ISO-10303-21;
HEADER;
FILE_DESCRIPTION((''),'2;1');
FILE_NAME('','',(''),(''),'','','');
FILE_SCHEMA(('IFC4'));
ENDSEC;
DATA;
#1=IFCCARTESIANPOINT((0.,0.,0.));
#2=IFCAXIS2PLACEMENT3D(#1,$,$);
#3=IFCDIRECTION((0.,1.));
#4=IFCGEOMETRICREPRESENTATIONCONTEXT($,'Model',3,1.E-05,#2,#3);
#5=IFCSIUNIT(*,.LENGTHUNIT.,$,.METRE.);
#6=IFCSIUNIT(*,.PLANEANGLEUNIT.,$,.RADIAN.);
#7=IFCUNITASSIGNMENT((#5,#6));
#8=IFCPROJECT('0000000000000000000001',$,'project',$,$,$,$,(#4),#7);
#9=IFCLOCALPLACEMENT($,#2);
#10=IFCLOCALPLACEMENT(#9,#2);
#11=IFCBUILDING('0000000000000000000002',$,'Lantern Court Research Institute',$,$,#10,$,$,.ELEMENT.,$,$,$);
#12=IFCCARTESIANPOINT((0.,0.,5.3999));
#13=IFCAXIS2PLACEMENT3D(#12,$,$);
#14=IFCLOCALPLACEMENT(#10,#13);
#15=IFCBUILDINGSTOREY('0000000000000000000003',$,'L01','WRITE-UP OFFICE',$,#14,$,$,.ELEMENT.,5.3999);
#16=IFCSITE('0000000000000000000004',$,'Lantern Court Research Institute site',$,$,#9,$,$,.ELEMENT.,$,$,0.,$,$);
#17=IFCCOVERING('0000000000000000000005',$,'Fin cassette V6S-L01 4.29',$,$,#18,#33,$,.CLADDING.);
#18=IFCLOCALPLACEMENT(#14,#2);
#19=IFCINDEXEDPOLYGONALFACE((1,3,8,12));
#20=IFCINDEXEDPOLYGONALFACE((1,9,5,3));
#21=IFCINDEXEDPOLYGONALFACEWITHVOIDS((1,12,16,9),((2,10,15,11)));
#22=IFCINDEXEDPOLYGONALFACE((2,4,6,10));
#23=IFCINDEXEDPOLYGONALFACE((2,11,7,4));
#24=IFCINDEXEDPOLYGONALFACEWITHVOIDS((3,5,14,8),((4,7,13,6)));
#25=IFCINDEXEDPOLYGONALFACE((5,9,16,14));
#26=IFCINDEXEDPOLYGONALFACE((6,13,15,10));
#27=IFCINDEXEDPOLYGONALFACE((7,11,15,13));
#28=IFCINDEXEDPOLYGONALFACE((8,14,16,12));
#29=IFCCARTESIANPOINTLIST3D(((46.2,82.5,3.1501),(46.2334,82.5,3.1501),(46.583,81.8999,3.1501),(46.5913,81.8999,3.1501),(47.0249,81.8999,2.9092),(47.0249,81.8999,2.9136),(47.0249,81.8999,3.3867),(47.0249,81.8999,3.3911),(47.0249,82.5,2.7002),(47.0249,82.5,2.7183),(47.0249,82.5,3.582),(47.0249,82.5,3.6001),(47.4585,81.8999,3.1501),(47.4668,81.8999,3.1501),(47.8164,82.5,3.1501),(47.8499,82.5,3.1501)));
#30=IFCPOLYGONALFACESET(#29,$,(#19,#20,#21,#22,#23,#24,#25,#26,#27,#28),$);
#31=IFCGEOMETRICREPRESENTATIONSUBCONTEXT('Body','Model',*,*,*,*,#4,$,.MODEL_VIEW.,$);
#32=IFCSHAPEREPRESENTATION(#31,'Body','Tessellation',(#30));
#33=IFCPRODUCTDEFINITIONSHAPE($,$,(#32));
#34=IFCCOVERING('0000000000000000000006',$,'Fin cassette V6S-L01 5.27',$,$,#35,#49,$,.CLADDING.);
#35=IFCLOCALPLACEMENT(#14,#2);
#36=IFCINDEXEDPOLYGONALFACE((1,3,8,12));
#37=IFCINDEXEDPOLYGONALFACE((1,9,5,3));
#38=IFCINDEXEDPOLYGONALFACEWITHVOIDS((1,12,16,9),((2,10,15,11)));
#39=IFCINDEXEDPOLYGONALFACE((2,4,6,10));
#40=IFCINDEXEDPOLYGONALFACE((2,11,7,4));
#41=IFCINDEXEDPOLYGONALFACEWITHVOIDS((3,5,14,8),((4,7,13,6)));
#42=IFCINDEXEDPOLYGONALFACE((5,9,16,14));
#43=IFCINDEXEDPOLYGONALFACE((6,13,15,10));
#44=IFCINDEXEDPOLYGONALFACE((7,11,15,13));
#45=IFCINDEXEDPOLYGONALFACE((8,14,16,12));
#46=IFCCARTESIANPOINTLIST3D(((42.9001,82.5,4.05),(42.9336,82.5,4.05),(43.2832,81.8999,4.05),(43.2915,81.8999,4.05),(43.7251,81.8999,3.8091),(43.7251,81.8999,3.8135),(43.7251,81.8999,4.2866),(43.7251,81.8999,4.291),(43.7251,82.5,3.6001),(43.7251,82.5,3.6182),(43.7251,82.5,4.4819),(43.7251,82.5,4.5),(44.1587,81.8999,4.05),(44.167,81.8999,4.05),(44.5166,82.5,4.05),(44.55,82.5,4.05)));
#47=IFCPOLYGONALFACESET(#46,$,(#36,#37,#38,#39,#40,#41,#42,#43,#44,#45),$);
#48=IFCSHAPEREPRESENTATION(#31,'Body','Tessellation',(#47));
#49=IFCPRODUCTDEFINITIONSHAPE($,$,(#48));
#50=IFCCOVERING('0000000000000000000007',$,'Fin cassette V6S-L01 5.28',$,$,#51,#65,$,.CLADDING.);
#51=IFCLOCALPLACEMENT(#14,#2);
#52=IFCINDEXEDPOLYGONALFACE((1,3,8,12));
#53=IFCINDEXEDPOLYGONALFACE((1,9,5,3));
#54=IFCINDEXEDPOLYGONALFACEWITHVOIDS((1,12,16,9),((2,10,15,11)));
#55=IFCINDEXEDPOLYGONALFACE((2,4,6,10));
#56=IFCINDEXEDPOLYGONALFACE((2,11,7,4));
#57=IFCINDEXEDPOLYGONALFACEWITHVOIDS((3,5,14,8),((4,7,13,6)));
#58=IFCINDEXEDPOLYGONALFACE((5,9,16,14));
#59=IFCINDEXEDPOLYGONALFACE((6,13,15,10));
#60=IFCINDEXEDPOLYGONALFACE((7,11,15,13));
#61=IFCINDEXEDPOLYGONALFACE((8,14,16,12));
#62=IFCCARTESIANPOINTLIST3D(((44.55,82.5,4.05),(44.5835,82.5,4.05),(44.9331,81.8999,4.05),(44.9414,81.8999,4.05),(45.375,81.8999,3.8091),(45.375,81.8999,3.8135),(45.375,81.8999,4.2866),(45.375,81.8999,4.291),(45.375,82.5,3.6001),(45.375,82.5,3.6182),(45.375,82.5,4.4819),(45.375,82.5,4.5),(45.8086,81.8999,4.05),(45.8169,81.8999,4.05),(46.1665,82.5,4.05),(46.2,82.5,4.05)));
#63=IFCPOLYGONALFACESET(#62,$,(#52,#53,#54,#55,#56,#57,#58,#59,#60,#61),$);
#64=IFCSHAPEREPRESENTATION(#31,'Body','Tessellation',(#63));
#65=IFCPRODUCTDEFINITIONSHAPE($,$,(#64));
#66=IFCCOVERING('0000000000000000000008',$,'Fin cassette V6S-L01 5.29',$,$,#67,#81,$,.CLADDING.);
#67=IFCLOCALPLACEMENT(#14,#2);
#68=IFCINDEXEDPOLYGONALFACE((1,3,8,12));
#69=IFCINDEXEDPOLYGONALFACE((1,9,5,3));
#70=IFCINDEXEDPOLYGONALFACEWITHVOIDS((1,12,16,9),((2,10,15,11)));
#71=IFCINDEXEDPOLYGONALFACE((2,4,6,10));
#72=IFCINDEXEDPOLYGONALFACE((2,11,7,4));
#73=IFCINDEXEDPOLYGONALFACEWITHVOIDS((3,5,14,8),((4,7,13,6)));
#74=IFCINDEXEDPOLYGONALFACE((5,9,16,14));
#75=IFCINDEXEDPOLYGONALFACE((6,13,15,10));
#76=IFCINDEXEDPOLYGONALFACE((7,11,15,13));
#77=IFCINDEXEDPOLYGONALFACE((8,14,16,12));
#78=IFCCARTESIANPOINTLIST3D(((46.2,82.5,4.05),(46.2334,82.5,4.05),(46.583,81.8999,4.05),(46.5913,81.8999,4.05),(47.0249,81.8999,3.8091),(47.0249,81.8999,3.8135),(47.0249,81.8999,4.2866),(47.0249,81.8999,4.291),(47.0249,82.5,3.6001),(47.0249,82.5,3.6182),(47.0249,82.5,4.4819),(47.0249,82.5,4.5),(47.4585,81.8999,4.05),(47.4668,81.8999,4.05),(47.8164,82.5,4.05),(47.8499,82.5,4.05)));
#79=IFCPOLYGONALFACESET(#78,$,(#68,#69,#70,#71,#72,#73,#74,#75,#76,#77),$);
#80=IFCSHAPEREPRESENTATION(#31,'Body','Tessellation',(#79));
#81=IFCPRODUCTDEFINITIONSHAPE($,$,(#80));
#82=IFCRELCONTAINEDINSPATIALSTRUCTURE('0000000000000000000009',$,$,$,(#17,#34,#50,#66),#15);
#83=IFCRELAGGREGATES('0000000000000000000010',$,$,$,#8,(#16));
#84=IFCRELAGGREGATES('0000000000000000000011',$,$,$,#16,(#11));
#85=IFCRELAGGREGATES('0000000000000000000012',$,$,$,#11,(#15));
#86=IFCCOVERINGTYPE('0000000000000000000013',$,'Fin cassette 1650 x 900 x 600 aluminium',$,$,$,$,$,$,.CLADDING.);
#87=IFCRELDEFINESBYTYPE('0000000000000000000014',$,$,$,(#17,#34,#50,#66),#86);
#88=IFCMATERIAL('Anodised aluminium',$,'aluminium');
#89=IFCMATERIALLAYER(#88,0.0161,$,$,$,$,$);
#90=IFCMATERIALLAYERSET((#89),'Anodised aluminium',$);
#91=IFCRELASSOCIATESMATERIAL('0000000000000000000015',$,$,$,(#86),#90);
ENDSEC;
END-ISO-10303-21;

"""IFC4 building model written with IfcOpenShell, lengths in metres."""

from ifc_helpers import new_model, entity, si_unit, direction, frame, origin, place, context, subcontext, project, spatial, material, layer, layer_set, type_object, element, save


model = new_model("IFC4")

# Units and contexts
model_context = context("Model", 3, precision=1e-05, world=origin(), true_north=direction((0.0, 1.0)))
body_context = subcontext(model_context, "Body", "Model", "MODEL_VIEW")
ifc_project = project(units=[si_unit("LENGTHUNIT", "METRE"), si_unit("PLANEANGLEUNIT", "RADIAN")], contexts=[model_context])

# Site, building, storey
site_placement = place(None, origin())
site = spatial("IfcSite", under=ifc_project, at=site_placement, Name="Lantern Court Research Institute site", CompositionType="ELEMENT", RefElevation=0.0)
building_placement = place(site_placement, origin())
building = spatial("IfcBuilding", under=site, at=building_placement, Name="Lantern Court Research Institute", CompositionType="ELEMENT")
storey_placement = place(building_placement, frame((0.0, 0.0, 5.3999)))
storey = spatial("IfcBuildingStorey", under=building, at=storey_placement, Name="L01", Description="WRITE-UP OFFICE", CompositionType="ELEMENT", Elevation=5.3999)

# Coverings
ifc_material_1 = material(Name="Anodised aluminium", Category="aluminium")
ifc_layer_1 = layer(ifc_material_1, 0.0161)
ifc_layer_set_1 = layer_set([ifc_layer_1], Name="Anodised aluminium")
covering_type = type_object("IfcCoveringType", Name="Fin cassette 1650 x 900 x 600 aluminium", PredefinedType="CLADDING", material=ifc_layer_set_1)
covering_1_placement = place(storey_placement, frame((47.0249, 82.5, 3.1501), z_axis=(0.0, -1.0, 0.0), x_axis=(1.0, 0.0, 0.0)))
cartesian_point_1 = entity("IfcCartesianPoint", [0.825, 0.0])
cartesian_point_2 = entity("IfcCartesianPoint", [0.7915, 0.0])
cartesian_point_3 = entity("IfcCartesianPoint", [0.4419, 0.0])
cartesian_point_4 = entity("IfcCartesianPoint", [0.4336, 0.0])
element("IfcCovering", 1, at=covering_1_placement, inside=storey, type_object=covering_type, Name="Fin cassette V6S-L01 4.29", PredefinedType="CLADDING", context=body_context, shape_type="SweptSolid", body=[
    entity("IfcExtrudedAreaSolidTapered", entity("IfcArbitraryProfileDefWithVoids", "AREA", None, entity("IfcPolyline", [cartesian_point_1, entity("IfcCartesianPoint", [0.0, 0.45]), entity("IfcCartesianPoint", [-0.825, 0.0]), entity("IfcCartesianPoint", [0.0, -0.45]), cartesian_point_1]), [entity("IfcPolyline", [cartesian_point_2, entity("IfcCartesianPoint", [0.0, 0.4319]), entity("IfcCartesianPoint", [-0.7915, 0.0]), entity("IfcCartesianPoint", [0.0, -0.4319]), cartesian_point_2])]), entity("IfcAxis2Placement3D", entity("IfcCartesianPoint", [0.0, 0.0, 0.0])), entity("IfcDirection", [0.0, 0.0, 1.0]), 0.6001, entity("IfcArbitraryProfileDefWithVoids", "AREA", None, entity("IfcPolyline", [cartesian_point_3, entity("IfcCartesianPoint", [0.0, 0.241]), entity("IfcCartesianPoint", [-0.4419, 0.0]), entity("IfcCartesianPoint", [0.0, -0.241]), cartesian_point_3]), [entity("IfcPolyline", [cartesian_point_4, entity("IfcCartesianPoint", [0.0, 0.2366]), entity("IfcCartesianPoint", [-0.4336, 0.0]), entity("IfcCartesianPoint", [0.0, -0.2366]), cartesian_point_4])])),
])
covering_2_placement = place(storey_placement, frame((43.7251, 82.5, 4.05), z_axis=(0.0, -1.0, 0.0), x_axis=(1.0, 0.0, 0.0)))
cartesian_point_5 = entity("IfcCartesianPoint", [0.825, 0.0])
cartesian_point_6 = entity("IfcCartesianPoint", [0.7915, 0.0])
cartesian_point_7 = entity("IfcCartesianPoint", [0.4419, 0.0])
cartesian_point_8 = entity("IfcCartesianPoint", [0.4336, 0.0])
element("IfcCovering", 2, at=covering_2_placement, inside=storey, type_object=covering_type, Name="Fin cassette V6S-L01 5.27", PredefinedType="CLADDING", context=body_context, shape_type="SweptSolid", body=[
    entity("IfcExtrudedAreaSolidTapered", entity("IfcArbitraryProfileDefWithVoids", "AREA", None, entity("IfcPolyline", [cartesian_point_5, entity("IfcCartesianPoint", [0.0, 0.45]), entity("IfcCartesianPoint", [-0.825, 0.0]), entity("IfcCartesianPoint", [0.0, -0.45]), cartesian_point_5]), [entity("IfcPolyline", [cartesian_point_6, entity("IfcCartesianPoint", [0.0, 0.4319]), entity("IfcCartesianPoint", [-0.7915, 0.0]), entity("IfcCartesianPoint", [0.0, -0.4319]), cartesian_point_6])]), entity("IfcAxis2Placement3D", entity("IfcCartesianPoint", [0.0, 0.0, 0.0])), entity("IfcDirection", [0.0, 0.0, 1.0]), 0.6001, entity("IfcArbitraryProfileDefWithVoids", "AREA", None, entity("IfcPolyline", [cartesian_point_7, entity("IfcCartesianPoint", [0.0, 0.241]), entity("IfcCartesianPoint", [-0.4419, 0.0]), entity("IfcCartesianPoint", [0.0, -0.241]), cartesian_point_7]), [entity("IfcPolyline", [cartesian_point_8, entity("IfcCartesianPoint", [0.0, 0.2366]), entity("IfcCartesianPoint", [-0.4336, 0.0]), entity("IfcCartesianPoint", [0.0, -0.2366]), cartesian_point_8])])),
])
covering_3_placement = place(storey_placement, frame((45.375, 82.5, 4.05), z_axis=(0.0, -1.0, 0.0), x_axis=(1.0, 0.0, 0.0)))
cartesian_point_9 = entity("IfcCartesianPoint", [0.825, 0.0])
cartesian_point_10 = entity("IfcCartesianPoint", [0.7915, 0.0])
cartesian_point_11 = entity("IfcCartesianPoint", [0.4419, 0.0])
cartesian_point_12 = entity("IfcCartesianPoint", [0.4336, 0.0])
element("IfcCovering", 3, at=covering_3_placement, inside=storey, type_object=covering_type, Name="Fin cassette V6S-L01 5.28", PredefinedType="CLADDING", context=body_context, shape_type="SweptSolid", body=[
    entity("IfcExtrudedAreaSolidTapered", entity("IfcArbitraryProfileDefWithVoids", "AREA", None, entity("IfcPolyline", [cartesian_point_9, entity("IfcCartesianPoint", [0.0, 0.45]), entity("IfcCartesianPoint", [-0.825, 0.0]), entity("IfcCartesianPoint", [0.0, -0.45]), cartesian_point_9]), [entity("IfcPolyline", [cartesian_point_10, entity("IfcCartesianPoint", [0.0, 0.4319]), entity("IfcCartesianPoint", [-0.7915, 0.0]), entity("IfcCartesianPoint", [0.0, -0.4319]), cartesian_point_10])]), entity("IfcAxis2Placement3D", entity("IfcCartesianPoint", [0.0, 0.0, 0.0])), entity("IfcDirection", [0.0, 0.0, 1.0]), 0.6001, entity("IfcArbitraryProfileDefWithVoids", "AREA", None, entity("IfcPolyline", [cartesian_point_11, entity("IfcCartesianPoint", [0.0, 0.241]), entity("IfcCartesianPoint", [-0.4419, 0.0]), entity("IfcCartesianPoint", [0.0, -0.241]), cartesian_point_11]), [entity("IfcPolyline", [cartesian_point_12, entity("IfcCartesianPoint", [0.0, 0.2366]), entity("IfcCartesianPoint", [-0.4336, 0.0]), entity("IfcCartesianPoint", [0.0, -0.2366]), cartesian_point_12])])),
])
covering_4_placement = place(storey_placement, frame((47.0249, 82.5, 4.05), z_axis=(0.0, -1.0, 0.0), x_axis=(1.0, 0.0, 0.0)))
cartesian_point_13 = entity("IfcCartesianPoint", [0.825, 0.0])
cartesian_point_14 = entity("IfcCartesianPoint", [0.7915, 0.0])
cartesian_point_15 = entity("IfcCartesianPoint", [0.4419, 0.0])
cartesian_point_16 = entity("IfcCartesianPoint", [0.4336, 0.0])
element("IfcCovering", 4, at=covering_4_placement, inside=storey, type_object=covering_type, Name="Fin cassette V6S-L01 5.29", PredefinedType="CLADDING", context=body_context, shape_type="SweptSolid", body=[
    entity("IfcExtrudedAreaSolidTapered", entity("IfcArbitraryProfileDefWithVoids", "AREA", None, entity("IfcPolyline", [cartesian_point_13, entity("IfcCartesianPoint", [0.0, 0.45]), entity("IfcCartesianPoint", [-0.825, 0.0]), entity("IfcCartesianPoint", [0.0, -0.45]), cartesian_point_13]), [entity("IfcPolyline", [cartesian_point_14, entity("IfcCartesianPoint", [0.0, 0.4319]), entity("IfcCartesianPoint", [-0.7915, 0.0]), entity("IfcCartesianPoint", [0.0, -0.4319]), cartesian_point_14])]), entity("IfcAxis2Placement3D", entity("IfcCartesianPoint", [0.0, 0.0, 0.0])), entity("IfcDirection", [0.0, 0.0, 1.0]), 0.6001, entity("IfcArbitraryProfileDefWithVoids", "AREA", None, entity("IfcPolyline", [cartesian_point_15, entity("IfcCartesianPoint", [0.0, 0.241]), entity("IfcCartesianPoint", [-0.4419, 0.0]), entity("IfcCartesianPoint", [0.0, -0.241]), cartesian_point_15]), [entity("IfcPolyline", [cartesian_point_16, entity("IfcCartesianPoint", [0.0, 0.2366]), entity("IfcCartesianPoint", [-0.4336, 0.0]), entity("IfcCartesianPoint", [0.0, -0.2366]), cartesian_point_16])])),
])

save(model, "model.ifc")
